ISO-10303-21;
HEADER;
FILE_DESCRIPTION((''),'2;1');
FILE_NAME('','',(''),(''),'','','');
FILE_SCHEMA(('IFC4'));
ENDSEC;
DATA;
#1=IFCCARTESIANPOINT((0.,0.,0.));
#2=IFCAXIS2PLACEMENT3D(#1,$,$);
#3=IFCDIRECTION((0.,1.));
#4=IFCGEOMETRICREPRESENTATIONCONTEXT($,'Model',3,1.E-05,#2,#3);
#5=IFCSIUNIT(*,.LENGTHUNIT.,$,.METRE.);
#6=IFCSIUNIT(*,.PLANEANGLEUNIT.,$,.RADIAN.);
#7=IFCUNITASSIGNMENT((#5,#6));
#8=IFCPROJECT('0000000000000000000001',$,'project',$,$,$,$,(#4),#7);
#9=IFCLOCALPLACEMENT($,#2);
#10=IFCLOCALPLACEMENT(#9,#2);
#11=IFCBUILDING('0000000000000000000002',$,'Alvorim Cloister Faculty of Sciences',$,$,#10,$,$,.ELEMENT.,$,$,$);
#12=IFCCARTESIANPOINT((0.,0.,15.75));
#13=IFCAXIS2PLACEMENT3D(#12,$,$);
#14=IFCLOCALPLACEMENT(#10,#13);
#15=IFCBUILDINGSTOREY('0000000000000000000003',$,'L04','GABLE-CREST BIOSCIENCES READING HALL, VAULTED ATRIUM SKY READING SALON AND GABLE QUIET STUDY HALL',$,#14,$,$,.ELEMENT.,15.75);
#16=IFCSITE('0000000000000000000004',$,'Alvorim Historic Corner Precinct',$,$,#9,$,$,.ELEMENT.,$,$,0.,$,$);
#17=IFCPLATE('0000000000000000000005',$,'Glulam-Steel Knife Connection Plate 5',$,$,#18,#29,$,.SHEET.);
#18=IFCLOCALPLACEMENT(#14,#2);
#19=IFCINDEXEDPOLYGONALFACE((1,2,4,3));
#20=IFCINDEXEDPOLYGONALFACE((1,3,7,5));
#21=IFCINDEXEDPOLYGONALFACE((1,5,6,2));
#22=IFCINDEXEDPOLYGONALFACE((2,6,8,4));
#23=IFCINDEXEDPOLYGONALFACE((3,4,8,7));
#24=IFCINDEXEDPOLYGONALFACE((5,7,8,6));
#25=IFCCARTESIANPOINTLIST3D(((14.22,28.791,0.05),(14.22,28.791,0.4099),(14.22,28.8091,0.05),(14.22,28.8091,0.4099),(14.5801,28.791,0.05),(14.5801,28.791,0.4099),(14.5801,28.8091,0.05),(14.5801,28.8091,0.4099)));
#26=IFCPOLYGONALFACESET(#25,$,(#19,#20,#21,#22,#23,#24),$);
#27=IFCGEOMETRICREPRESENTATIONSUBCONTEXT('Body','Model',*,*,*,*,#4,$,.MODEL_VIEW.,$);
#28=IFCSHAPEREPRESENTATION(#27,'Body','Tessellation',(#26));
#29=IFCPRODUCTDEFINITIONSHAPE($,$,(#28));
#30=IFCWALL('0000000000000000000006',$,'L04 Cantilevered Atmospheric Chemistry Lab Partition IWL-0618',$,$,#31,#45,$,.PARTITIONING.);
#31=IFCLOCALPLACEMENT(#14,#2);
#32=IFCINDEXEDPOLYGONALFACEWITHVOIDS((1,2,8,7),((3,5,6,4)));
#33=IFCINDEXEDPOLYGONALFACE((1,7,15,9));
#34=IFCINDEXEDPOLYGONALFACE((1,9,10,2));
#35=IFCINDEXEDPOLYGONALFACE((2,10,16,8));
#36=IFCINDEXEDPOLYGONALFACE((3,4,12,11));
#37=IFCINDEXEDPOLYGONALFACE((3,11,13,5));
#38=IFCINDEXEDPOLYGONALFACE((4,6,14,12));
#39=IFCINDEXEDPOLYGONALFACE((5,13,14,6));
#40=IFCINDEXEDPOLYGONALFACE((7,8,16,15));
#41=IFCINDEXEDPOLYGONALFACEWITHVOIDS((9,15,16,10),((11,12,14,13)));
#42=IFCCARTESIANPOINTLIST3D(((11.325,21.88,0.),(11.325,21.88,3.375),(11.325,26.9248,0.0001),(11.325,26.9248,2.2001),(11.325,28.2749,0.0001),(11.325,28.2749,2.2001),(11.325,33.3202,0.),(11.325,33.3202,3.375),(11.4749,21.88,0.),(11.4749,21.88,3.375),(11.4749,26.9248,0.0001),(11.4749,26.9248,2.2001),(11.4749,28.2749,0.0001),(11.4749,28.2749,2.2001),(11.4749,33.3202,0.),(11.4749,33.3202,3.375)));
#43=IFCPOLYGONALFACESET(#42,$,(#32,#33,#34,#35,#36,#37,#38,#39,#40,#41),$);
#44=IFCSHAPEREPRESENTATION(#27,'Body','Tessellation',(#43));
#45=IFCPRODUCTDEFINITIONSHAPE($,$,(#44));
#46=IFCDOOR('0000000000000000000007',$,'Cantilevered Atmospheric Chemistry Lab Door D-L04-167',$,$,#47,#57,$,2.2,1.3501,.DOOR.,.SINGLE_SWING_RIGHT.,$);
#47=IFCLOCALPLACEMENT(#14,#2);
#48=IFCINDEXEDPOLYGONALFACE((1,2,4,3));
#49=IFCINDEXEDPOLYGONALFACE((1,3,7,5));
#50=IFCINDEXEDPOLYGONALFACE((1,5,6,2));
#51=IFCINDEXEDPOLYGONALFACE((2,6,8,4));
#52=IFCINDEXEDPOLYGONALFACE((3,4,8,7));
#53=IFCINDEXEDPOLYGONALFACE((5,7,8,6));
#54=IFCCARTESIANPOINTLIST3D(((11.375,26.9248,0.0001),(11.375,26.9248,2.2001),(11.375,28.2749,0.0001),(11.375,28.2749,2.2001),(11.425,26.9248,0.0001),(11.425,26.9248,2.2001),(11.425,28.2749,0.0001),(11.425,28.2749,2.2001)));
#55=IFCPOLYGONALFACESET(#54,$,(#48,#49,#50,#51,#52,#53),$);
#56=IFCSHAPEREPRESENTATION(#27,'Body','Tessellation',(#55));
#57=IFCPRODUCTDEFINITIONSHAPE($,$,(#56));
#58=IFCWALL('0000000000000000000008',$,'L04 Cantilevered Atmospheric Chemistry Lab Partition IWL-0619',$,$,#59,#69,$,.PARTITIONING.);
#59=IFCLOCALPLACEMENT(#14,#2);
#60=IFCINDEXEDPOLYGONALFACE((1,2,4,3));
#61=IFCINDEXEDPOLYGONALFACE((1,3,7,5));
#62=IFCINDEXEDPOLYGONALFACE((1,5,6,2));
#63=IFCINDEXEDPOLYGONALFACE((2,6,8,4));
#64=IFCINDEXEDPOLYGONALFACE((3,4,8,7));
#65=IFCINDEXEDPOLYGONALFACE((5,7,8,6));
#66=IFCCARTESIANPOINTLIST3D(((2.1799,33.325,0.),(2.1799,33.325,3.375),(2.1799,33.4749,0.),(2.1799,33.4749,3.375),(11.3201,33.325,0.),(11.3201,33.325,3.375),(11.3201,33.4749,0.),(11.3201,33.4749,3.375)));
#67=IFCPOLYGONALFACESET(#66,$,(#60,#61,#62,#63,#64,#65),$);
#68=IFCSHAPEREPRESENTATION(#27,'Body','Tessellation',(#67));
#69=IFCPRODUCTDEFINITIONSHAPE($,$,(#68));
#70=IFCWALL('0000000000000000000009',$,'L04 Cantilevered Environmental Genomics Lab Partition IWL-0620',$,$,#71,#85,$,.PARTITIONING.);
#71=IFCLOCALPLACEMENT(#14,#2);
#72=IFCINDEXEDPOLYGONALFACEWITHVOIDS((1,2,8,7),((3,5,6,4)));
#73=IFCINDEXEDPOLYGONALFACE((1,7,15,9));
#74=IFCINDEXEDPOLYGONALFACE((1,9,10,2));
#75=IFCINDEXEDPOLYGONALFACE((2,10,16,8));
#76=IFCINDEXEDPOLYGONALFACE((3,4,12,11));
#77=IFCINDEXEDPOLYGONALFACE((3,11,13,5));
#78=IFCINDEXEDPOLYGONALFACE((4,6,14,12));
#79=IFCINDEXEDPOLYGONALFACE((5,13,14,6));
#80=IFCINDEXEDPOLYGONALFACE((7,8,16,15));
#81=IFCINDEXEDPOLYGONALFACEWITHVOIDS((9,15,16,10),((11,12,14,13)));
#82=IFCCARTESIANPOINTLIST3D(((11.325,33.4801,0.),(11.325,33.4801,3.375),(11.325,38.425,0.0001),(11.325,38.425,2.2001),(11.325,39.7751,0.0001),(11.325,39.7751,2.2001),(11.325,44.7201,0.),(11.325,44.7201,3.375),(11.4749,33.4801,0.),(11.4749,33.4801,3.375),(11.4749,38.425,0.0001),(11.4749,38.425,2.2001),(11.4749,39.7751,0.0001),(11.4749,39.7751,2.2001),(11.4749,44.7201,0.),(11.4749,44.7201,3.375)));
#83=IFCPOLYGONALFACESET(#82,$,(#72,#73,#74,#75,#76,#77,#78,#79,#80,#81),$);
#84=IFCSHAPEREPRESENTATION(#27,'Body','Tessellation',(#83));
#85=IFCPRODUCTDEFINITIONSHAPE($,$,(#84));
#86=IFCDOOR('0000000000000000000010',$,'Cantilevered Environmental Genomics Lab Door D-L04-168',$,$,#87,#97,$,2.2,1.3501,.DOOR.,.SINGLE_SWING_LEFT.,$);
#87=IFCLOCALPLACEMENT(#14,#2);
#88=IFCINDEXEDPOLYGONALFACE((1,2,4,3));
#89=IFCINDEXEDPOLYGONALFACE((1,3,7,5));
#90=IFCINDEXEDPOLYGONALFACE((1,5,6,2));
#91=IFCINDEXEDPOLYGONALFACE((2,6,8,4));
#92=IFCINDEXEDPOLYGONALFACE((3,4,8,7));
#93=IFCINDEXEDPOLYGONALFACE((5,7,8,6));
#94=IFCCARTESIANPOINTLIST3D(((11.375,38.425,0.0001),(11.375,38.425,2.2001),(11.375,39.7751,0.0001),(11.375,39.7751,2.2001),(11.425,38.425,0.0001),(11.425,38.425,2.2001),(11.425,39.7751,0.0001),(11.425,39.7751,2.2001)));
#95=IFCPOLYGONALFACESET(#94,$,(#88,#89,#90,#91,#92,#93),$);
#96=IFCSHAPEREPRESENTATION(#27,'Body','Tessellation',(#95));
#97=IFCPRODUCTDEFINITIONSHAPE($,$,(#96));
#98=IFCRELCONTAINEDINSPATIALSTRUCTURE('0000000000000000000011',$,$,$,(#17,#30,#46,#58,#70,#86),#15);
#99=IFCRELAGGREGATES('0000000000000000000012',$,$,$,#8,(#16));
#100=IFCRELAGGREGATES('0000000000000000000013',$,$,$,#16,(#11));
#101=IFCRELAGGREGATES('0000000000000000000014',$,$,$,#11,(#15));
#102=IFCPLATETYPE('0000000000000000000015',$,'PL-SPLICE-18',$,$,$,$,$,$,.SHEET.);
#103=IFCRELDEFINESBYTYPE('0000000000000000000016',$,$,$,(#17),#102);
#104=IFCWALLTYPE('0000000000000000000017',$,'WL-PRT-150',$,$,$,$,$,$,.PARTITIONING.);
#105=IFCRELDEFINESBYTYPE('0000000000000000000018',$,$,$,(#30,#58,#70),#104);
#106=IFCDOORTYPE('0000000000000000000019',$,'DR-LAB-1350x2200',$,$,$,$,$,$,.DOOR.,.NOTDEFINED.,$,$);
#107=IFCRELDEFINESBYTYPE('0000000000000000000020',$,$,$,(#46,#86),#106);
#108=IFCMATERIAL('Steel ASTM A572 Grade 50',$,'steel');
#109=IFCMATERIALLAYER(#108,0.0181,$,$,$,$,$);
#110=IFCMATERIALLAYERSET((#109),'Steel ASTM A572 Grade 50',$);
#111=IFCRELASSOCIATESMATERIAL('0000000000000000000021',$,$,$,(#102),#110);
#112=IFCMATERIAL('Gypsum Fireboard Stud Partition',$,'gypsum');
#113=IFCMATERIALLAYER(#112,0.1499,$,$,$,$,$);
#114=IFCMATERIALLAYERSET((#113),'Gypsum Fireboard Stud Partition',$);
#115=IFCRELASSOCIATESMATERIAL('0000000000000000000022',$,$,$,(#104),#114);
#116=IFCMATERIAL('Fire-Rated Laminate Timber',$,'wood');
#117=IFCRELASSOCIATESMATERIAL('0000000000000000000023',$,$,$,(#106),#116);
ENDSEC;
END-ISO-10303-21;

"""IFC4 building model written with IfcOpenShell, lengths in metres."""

from ifc_helpers import new_model, si_unit, direction, frame, frame_2d, origin, place, context, subcontext, project, spatial, polyline, rectangle, outline, extrude, material, layer, layer_set, type_object, element, fill, save


model = new_model("IFC4")

# Units and contexts
model_context = context("Model", 3, precision=1e-05, world=origin(), true_north=direction((0.0, 1.0)))
body_context = subcontext(model_context, "Body", "Model", "MODEL_VIEW")
ifc_project = project(units=[si_unit("LENGTHUNIT", "METRE"), si_unit("PLANEANGLEUNIT", "RADIAN")], contexts=[model_context])

# Site, building, storey
site_placement = place(None, origin())
site = spatial("IfcSite", under=ifc_project, at=site_placement, Name="Alvorim Historic Corner Precinct", CompositionType="ELEMENT", RefElevation=0.0)
building_placement = place(site_placement, origin())
building = spatial("IfcBuilding", under=site, at=building_placement, Name="Alvorim Cloister Faculty of Sciences", CompositionType="ELEMENT")
storey_placement = place(building_placement, frame((0.0, 0.0, 15.75)))
storey = spatial("IfcBuildingStorey", under=building, at=storey_placement, Name="L04", Description="GABLE-CREST BIOSCIENCES READING HALL, VAULTED ATRIUM SKY READING SALON AND GABLE QUIET STUDY HALL", CompositionType="ELEMENT", Elevation=15.75)

# Shared definitions
ifc_material_1 = material(Name="Steel ASTM A572 Grade 50", Category="steel")

# Plate
ifc_layer_1 = layer(ifc_material_1, 0.0181)
ifc_layer_set_1 = layer_set([ifc_layer_1], Name="Steel ASTM A572 Grade 50")
plate_type = type_object("IfcPlateType", Name="PL-SPLICE-18", PredefinedType="SHEET", material=ifc_layer_set_1)
plate_placement = place(storey_placement, frame((14.22, 28.8, 0.05), z_axis=(0.0, 0.0, 1.0), x_axis=(1.0, 0.0, 0.0)))
element("IfcPlate", 1, at=plate_placement, inside=storey, type_object=plate_type, Name="Glulam-Steel Knife Connection Plate 5", PredefinedType="SHEET", context=body_context, shape_type="SweptSolid", body=[
    extrude(outline(polyline([(0.0, 0.0), (0.3601, 0.0), (0.3601, 0.3599), (0.0, 0.3599), (0.0, 0.0)])), frame((0.0, 0.009, 0.0), z_axis=(0.0, -1.0, 0.0), x_axis=(1.0, 0.0, 0.0)), (0.0, 0.0, 1.0), 0.0181),
])

# Wall, opening, door
ifc_material_2 = material(Name="Gypsum Fireboard Stud Partition", Category="gypsum")
ifc_layer_2 = layer(ifc_material_2, 0.1499)
ifc_layer_set_2 = layer_set([ifc_layer_2], Name="Gypsum Fireboard Stud Partition")
wall_type = type_object("IfcWallType", Name="WL-PRT-150", PredefinedType="PARTITIONING", material=ifc_layer_set_2)
wall_1_placement = place(storey_placement, frame((11.3999, 21.8799, 0.0), z_axis=(0.0, 0.0, 1.0), x_axis=(0.0, 1.0, 0.0)))
wall_1 = element("IfcWall", 2, at=wall_1_placement, inside=storey, type_object=wall_type, Name="L04 Cantilevered Atmospheric Chemistry Lab Partition IWL-0618", PredefinedType="PARTITIONING", context=body_context, shape_type="SweptSolid", body=[
    extrude(rectangle(XDim=11.4402, YDim=0.1499, at=frame_2d((5.7202, 0.0))), origin(), (0.0, 0.0, 1.0), 3.375),
])
opening_1_placement = place(wall_1_placement, frame((5.0449, 0.0, 0.0)))
opening_1 = element("IfcOpeningElement", 3, at=opening_1_placement, cuts=wall_1, PredefinedType="OPENING", context=body_context, shape_type="SweptSolid", body=[
    extrude(rectangle(XDim=1.3501, YDim=2.2, at=frame_2d((0.675, 1.1001))), frame((0.0, 0.0869, 0.0), z_axis=(0.0, -1.0, 0.0), x_axis=(1.0, 0.0, 0.0)), (0.0, 0.0, 1.0), 0.1738),
])
ifc_material_3 = material(Name="Fire-Rated Laminate Timber", Category="wood")
door_type = type_object("IfcDoorType", Name="DR-LAB-1350x2200", OperationType="NOTDEFINED", PredefinedType="DOOR", material=ifc_material_3)
door_1_placement = place(opening_1_placement, origin())
door_1 = element("IfcDoor", 4, at=door_1_placement, inside=storey, type_object=door_type, Name="Cantilevered Atmospheric Chemistry Lab Door D-L04-167", OperationType="SINGLE_SWING_RIGHT", OverallHeight=2.2, OverallWidth=1.3501, PredefinedType="DOOR", context=body_context, shape_type="SweptSolid", body=[
    extrude(rectangle(XDim=1.3501, YDim=2.2, at=frame_2d((0.675, 1.1001))), frame((0.0, 0.0249, 0.0), z_axis=(0.0, -1.0, 0.0), x_axis=(1.0, 0.0, 0.0)), (0.0, 0.0, 1.0), 0.05),
])
fill(opening_1, door_1)

# Wall
wall_2_placement = place(storey_placement, frame((2.1799, 33.3999, 0.0), z_axis=(0.0, 0.0, 1.0), x_axis=(1.0, 0.0, 0.0)))
element("IfcWall", 5, at=wall_2_placement, inside=storey, type_object=wall_type, Name="L04 Cantilevered Atmospheric Chemistry Lab Partition IWL-0619", PredefinedType="PARTITIONING", context=body_context, shape_type="SweptSolid", body=[
    extrude(rectangle(XDim=9.1401, YDim=0.1499, at=frame_2d((4.5701, 0.0))), origin(), (0.0, 0.0, 1.0), 3.375),
])

# Wall, opening, door
wall_3_placement = place(storey_placement, frame((11.3999, 33.48, 0.0), z_axis=(0.0, 0.0, 1.0), x_axis=(0.0, 1.0, 0.0)))
wall_3 = element("IfcWall", 6, at=wall_3_placement, inside=storey, type_object=wall_type, Name="L04 Cantilevered Environmental Genomics Lab Partition IWL-0620", PredefinedType="PARTITIONING", context=body_context, shape_type="SweptSolid", body=[
    extrude(rectangle(XDim=11.24, YDim=0.1499, at=frame_2d((5.6201, 0.0))), origin(), (0.0, 0.0, 1.0), 3.375),
])
opening_2_placement = place(wall_3_placement, frame((4.9451, 0.0, 0.0)))
opening_2 = element("IfcOpeningElement", 7, at=opening_2_placement, cuts=wall_3, PredefinedType="OPENING", context=body_context, shape_type="SweptSolid", body=[
    extrude(rectangle(XDim=1.3501, YDim=2.2, at=frame_2d((0.675, 1.1001))), frame((0.0, 0.0869, 0.0), z_axis=(0.0, -1.0, 0.0), x_axis=(1.0, 0.0, 0.0)), (0.0, 0.0, 1.0), 0.1738),
])
door_2_placement = place(opening_2_placement, origin())
door_2 = element("IfcDoor", 8, at=door_2_placement, inside=storey, type_object=door_type, Name="Cantilevered Environmental Genomics Lab Door D-L04-168", OperationType="SINGLE_SWING_LEFT", OverallHeight=2.2, OverallWidth=1.3501, PredefinedType="DOOR", context=body_context, shape_type="SweptSolid", body=[
    extrude(rectangle(XDim=1.3501, YDim=2.2, at=frame_2d((0.675, 1.1001))), frame((0.0, 0.0249, 0.0), z_axis=(0.0, -1.0, 0.0), x_axis=(1.0, 0.0, 0.0)), (0.0, 0.0, 1.0), 0.05),
])
fill(opening_2, door_2)

save(model, "model.ifc")
